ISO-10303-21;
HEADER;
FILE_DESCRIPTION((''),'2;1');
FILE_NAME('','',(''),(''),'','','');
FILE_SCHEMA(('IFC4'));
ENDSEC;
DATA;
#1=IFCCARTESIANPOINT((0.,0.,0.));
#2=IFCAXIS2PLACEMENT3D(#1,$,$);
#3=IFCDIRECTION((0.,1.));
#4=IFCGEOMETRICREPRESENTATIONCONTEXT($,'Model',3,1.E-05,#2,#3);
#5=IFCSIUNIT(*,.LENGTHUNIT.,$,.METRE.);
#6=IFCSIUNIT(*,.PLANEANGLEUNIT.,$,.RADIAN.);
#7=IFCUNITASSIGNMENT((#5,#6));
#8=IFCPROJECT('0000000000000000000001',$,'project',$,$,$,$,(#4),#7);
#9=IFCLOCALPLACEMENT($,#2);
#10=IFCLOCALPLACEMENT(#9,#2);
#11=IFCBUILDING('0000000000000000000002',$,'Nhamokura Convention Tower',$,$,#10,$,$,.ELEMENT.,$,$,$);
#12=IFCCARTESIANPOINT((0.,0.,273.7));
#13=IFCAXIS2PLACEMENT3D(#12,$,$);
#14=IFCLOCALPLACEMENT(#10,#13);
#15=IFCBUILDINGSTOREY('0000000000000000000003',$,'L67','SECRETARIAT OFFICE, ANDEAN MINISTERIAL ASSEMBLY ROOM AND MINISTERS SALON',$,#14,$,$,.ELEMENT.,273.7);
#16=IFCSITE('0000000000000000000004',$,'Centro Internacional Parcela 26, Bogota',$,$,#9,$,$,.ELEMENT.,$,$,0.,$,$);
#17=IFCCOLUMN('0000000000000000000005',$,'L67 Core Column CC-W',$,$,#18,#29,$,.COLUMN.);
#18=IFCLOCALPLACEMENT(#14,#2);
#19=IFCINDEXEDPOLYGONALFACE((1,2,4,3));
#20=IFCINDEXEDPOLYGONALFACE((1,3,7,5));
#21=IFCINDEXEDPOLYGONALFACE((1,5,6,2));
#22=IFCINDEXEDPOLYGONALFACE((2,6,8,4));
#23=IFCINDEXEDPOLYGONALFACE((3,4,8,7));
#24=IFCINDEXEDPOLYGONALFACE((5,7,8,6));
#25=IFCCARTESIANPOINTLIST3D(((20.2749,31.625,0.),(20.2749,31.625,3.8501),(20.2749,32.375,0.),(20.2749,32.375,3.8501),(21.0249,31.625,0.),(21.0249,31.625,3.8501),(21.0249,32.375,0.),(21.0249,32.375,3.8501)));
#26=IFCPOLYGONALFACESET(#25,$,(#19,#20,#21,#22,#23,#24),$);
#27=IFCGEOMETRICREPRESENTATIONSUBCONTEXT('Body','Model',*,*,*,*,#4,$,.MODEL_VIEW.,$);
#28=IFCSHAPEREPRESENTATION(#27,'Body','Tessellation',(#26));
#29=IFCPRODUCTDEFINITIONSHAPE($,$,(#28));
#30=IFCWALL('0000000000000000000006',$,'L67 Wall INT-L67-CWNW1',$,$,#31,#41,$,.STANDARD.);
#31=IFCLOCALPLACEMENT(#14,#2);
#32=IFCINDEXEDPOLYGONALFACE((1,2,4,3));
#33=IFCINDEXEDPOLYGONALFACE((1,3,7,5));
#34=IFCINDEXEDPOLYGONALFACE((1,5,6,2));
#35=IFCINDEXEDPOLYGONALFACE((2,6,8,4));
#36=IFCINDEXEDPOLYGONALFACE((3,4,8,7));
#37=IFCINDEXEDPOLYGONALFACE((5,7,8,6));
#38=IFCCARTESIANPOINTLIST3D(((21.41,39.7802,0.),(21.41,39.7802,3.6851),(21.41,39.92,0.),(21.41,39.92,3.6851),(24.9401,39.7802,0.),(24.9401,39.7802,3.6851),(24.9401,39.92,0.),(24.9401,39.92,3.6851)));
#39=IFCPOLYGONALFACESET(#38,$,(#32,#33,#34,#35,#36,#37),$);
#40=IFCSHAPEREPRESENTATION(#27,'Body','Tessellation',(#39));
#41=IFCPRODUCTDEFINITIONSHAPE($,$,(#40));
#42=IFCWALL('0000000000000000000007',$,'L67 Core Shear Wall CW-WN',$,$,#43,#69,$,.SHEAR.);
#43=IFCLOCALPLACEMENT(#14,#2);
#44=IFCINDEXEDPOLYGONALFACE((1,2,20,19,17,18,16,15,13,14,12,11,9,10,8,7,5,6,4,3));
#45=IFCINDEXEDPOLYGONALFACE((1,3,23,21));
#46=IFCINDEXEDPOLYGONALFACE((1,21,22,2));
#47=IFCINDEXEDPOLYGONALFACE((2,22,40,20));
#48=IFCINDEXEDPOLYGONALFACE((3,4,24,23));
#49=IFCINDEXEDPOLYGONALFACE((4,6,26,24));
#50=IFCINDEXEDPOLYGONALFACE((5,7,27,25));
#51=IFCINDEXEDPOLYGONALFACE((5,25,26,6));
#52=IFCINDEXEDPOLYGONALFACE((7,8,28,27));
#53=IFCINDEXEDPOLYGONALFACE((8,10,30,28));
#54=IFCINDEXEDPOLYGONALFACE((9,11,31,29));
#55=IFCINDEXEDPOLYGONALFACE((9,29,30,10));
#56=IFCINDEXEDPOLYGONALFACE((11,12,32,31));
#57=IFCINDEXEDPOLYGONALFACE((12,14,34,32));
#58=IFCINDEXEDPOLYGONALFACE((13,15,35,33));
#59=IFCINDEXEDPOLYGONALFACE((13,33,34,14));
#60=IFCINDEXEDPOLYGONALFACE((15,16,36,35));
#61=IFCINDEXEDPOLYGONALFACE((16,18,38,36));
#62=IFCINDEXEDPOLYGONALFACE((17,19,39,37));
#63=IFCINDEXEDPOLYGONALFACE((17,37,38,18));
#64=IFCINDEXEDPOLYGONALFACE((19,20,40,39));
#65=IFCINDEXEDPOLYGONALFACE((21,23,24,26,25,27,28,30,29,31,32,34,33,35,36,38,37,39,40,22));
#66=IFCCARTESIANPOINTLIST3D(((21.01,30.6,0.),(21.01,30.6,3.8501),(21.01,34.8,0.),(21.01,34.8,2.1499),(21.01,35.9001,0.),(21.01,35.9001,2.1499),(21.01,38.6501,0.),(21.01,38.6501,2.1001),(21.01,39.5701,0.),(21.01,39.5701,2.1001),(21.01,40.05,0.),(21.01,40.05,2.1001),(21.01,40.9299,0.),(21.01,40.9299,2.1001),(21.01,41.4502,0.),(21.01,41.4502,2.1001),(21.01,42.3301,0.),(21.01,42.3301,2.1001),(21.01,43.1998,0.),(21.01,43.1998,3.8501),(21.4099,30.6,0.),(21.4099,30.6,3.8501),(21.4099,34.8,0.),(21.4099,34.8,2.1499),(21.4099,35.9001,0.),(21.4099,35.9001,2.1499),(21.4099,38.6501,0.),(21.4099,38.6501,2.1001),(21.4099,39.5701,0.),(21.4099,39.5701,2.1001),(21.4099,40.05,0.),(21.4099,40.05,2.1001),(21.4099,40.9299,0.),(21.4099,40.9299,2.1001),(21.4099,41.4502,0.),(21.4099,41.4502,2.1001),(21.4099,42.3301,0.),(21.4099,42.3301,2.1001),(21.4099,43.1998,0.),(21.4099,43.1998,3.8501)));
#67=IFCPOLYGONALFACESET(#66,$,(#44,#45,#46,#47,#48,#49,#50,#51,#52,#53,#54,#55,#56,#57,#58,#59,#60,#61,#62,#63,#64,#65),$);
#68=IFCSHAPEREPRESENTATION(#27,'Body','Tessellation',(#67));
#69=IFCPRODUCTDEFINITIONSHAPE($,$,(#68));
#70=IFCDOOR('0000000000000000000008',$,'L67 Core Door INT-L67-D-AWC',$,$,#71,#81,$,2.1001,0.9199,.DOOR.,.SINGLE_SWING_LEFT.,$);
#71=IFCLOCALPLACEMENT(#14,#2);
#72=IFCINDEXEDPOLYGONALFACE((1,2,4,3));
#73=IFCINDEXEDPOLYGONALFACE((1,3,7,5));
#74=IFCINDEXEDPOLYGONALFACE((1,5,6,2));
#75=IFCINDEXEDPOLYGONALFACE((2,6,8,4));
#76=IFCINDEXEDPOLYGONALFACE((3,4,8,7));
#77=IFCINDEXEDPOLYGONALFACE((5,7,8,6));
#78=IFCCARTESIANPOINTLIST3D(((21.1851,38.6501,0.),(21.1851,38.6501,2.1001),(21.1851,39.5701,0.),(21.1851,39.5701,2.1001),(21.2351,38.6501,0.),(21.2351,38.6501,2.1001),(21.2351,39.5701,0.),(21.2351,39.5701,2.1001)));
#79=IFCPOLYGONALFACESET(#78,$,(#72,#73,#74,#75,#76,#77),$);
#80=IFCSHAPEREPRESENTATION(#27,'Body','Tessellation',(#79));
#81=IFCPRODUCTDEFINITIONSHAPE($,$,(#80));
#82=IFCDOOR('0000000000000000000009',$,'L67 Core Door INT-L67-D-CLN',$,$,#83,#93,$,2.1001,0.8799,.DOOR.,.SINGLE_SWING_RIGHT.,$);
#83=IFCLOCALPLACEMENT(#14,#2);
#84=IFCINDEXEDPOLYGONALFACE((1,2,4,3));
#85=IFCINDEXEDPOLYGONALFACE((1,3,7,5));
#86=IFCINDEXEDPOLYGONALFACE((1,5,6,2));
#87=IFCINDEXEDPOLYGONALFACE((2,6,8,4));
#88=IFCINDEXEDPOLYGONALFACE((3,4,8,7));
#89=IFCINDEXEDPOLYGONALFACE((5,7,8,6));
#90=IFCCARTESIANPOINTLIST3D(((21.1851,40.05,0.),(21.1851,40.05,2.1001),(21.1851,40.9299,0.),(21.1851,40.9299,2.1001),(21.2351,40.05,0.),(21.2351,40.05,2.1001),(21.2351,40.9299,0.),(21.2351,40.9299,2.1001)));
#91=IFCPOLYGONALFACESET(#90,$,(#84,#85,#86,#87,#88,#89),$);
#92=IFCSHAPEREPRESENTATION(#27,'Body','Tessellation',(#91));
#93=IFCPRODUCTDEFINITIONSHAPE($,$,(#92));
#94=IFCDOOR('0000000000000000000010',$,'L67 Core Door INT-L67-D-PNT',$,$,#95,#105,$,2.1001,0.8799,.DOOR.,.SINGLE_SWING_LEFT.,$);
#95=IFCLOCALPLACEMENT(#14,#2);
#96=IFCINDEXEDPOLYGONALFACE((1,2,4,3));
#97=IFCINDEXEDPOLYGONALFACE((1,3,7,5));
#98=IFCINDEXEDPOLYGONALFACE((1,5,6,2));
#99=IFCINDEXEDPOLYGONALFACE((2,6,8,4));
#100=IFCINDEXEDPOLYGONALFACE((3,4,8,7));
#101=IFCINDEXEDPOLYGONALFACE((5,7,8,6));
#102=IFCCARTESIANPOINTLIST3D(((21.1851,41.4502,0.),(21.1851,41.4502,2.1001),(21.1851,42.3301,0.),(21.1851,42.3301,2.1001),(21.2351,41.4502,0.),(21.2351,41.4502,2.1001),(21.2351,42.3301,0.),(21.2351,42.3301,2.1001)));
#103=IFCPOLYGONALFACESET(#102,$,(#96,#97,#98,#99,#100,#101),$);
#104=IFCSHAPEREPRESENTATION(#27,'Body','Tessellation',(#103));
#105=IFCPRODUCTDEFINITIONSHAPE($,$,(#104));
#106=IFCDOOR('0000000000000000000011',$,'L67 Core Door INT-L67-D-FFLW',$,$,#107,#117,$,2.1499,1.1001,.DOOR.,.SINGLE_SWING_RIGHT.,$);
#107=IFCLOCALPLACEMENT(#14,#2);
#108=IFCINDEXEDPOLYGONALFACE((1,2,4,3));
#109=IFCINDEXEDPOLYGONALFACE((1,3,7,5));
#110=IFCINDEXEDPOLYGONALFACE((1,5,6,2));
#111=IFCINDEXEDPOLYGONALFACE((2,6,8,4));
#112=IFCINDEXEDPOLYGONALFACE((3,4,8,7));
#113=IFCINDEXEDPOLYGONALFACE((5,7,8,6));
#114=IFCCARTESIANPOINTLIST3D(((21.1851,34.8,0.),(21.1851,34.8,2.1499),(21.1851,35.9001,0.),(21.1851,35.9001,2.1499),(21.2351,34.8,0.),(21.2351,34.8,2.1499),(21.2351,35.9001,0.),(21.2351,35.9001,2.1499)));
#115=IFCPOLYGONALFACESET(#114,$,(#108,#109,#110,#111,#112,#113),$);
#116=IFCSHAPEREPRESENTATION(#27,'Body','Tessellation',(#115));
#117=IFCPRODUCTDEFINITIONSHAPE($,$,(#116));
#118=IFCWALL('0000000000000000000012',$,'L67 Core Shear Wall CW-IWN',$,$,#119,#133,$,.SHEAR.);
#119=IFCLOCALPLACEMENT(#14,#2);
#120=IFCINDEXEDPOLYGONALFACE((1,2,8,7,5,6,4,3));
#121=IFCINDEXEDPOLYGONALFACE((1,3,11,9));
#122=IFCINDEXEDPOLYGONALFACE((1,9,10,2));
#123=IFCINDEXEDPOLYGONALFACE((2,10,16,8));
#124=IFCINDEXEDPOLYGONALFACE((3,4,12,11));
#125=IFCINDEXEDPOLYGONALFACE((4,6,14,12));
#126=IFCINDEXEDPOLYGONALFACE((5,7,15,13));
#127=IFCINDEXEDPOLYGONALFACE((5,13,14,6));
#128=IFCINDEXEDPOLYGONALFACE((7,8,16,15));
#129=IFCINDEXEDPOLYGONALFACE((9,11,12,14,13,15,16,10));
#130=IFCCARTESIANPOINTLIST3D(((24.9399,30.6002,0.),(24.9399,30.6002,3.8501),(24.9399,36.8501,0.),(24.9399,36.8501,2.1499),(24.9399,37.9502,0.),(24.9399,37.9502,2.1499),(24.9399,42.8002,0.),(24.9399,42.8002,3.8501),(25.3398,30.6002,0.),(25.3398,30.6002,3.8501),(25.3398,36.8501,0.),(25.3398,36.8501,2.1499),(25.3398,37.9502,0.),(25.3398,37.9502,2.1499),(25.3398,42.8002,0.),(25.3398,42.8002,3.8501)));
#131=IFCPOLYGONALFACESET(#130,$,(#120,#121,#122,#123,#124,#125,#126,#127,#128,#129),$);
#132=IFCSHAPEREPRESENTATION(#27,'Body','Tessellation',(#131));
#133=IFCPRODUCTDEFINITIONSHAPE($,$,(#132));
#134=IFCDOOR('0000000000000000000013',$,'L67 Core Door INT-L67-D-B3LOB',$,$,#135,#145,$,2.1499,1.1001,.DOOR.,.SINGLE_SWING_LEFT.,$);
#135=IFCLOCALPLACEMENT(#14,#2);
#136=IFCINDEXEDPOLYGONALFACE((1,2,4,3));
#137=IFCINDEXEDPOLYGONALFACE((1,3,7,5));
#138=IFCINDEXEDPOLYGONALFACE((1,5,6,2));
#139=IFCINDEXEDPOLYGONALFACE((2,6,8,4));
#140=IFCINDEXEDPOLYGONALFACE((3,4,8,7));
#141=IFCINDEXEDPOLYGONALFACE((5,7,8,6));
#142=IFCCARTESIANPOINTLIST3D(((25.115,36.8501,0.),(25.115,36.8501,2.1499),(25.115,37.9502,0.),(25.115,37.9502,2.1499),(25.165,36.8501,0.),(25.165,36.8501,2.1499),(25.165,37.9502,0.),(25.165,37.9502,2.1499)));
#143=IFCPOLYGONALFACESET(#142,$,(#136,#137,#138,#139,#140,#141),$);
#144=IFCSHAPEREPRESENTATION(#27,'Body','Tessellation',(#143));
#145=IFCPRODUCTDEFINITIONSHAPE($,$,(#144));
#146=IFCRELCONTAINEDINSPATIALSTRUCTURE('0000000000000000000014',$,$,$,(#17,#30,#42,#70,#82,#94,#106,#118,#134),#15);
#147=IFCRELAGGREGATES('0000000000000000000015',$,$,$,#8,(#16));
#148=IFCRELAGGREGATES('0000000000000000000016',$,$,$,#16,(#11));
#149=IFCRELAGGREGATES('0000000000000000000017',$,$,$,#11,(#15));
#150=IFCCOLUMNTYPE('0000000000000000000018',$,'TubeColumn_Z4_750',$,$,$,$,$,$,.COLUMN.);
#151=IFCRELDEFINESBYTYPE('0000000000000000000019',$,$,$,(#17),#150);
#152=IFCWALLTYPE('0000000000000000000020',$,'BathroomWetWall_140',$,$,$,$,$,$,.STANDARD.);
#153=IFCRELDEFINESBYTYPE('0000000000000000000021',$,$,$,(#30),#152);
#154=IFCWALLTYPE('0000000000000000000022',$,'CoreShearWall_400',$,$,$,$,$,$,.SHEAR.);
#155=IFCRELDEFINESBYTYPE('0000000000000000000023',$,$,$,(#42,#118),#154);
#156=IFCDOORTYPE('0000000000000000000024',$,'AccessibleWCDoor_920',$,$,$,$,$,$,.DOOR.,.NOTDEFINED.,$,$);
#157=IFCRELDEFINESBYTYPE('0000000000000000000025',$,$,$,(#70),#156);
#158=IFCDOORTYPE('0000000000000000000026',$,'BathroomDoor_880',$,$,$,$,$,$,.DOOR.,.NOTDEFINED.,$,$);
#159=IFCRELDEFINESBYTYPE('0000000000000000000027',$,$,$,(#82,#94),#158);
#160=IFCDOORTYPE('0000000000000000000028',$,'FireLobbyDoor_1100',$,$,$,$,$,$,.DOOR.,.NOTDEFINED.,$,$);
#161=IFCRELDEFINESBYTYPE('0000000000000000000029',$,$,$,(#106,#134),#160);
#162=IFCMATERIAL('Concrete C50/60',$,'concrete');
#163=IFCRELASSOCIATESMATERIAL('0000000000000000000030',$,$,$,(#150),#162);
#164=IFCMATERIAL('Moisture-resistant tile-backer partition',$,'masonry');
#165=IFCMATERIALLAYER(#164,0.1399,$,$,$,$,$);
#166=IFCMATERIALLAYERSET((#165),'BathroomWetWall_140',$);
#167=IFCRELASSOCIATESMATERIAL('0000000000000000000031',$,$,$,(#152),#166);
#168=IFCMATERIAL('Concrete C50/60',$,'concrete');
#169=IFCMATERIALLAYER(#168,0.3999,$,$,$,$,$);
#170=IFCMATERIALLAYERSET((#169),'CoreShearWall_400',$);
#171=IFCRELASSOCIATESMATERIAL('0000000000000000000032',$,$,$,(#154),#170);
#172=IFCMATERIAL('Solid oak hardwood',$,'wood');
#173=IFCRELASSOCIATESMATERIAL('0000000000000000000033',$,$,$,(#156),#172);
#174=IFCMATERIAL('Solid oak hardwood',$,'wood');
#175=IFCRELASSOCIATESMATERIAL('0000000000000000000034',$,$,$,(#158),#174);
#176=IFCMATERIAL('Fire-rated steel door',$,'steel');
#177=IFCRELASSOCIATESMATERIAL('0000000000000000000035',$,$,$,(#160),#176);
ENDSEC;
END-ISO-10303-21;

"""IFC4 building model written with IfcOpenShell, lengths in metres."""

from ifc_helpers import new_model, si_unit, direction, frame, frame_2d, origin, origin_2d, place, context, subcontext, project, spatial, rectangle, extrude, material, layer, layer_set, material_profile, profile_set, type_object, element, fill, save


model = new_model("IFC4")

# Units and contexts
model_context = context("Model", 3, precision=1e-05, world=origin(), true_north=direction((0.0, 1.0)))
body_context = subcontext(model_context, "Body", "Model", "MODEL_VIEW")
ifc_project = project(units=[si_unit("LENGTHUNIT", "METRE"), si_unit("PLANEANGLEUNIT", "RADIAN")], contexts=[model_context])

# Site, building, storey
site_placement = place(None, origin())
site = spatial("IfcSite", under=ifc_project, at=site_placement, Name="Centro Internacional Parcela 26, Bogota", CompositionType="ELEMENT", RefElevation=0.0)
building_placement = place(site_placement, origin())
building = spatial("IfcBuilding", under=site, at=building_placement, Name="Nhamokura Convention Tower", CompositionType="ELEMENT")
storey_placement = place(building_placement, frame((0.0, 0.0, 273.7)))
storey = spatial("IfcBuildingStorey", under=building, at=storey_placement, Name="L67", Description="SECRETARIAT OFFICE, ANDEAN MINISTERIAL ASSEMBLY ROOM AND MINISTERS SALON", CompositionType="ELEMENT", Elevation=273.7)

# Column
ifc_material_1 = material(Name="Concrete C50/60", Category="concrete")
ifc_material_profile = material_profile(ifc_material_1, rectangle(XDim=0.75, YDim=0.75, at=origin_2d()))
ifc_profile_set = profile_set([ifc_material_profile], Name="Concrete C50/60")
column_type = type_object("IfcColumnType", Name="TubeColumn_Z4_750", PredefinedType="COLUMN", material=ifc_profile_set)
column_placement = place(storey_placement, frame((20.6499, 32.0, 0.0), z_axis=(0.0, 0.0, 1.0), x_axis=(1.0, 0.0, 0.0)))
element("IfcColumn", 1, at=column_placement, inside=storey, type_object=column_type, Name="L67 Core Column CC-W", PredefinedType="COLUMN", context=body_context, shape_type="SweptSolid", body=[
    extrude(rectangle(XDim=0.75, YDim=0.75, at=origin_2d()), origin(), (0.0, 0.0, 1.0), 3.8501),
])

# Wall
ifc_material_2 = material(Name="Moisture-resistant tile-backer partition", Category="masonry")
ifc_layer_1 = layer(ifc_material_2, 0.1399)
ifc_layer_set_1 = layer_set([ifc_layer_1], Name="BathroomWetWall_140")
wall_type_1 = type_object("IfcWallType", Name="BathroomWetWall_140", PredefinedType="STANDARD", material=ifc_layer_set_1)
wall_1_placement = place(storey_placement, frame((21.4099, 39.8501, 0.0), z_axis=(0.0, 0.0, 1.0), x_axis=(1.0, 0.0, 0.0)))
element("IfcWall", 2, at=wall_1_placement, inside=storey, type_object=wall_type_1, Name="L67 Wall INT-L67-CWNW1", PredefinedType="STANDARD", context=body_context, shape_type="SweptSolid", body=[
    extrude(rectangle(XDim=3.53, YDim=0.1399, at=frame_2d((1.7651, 0.0))), origin(), (0.0, 0.0, 1.0), 3.6851),
])

# Wall, openings, doors
ifc_material_3 = material(Name="Concrete C50/60", Category="concrete")
ifc_layer_2 = layer(ifc_material_3, 0.3999)
ifc_layer_set_2 = layer_set([ifc_layer_2], Name="CoreShearWall_400")
wall_type_2 = type_object("IfcWallType", Name="CoreShearWall_400", PredefinedType="SHEAR", material=ifc_layer_set_2)
wall_2_placement = place(storey_placement, frame((21.21, 30.6001, 0.0), z_axis=(0.0, 0.0, 1.0), x_axis=(0.0, 1.0, 0.0)))
wall_2 = element("IfcWall", 3, at=wall_2_placement, inside=storey, type_object=wall_type_2, Name="L67 Core Shear Wall CW-WN", PredefinedType="SHEAR", context=body_context, shape_type="SweptSolid", body=[
    extrude(rectangle(XDim=12.5999, YDim=0.3999, at=frame_2d((6.2998, 0.0))), origin(), (0.0, 0.0, 1.0), 3.8501),
])
opening_1_placement = place(wall_2_placement, frame((4.2, 0.0, 0.0)))
opening_1 = element("IfcOpeningElement", 4, at=opening_1_placement, cuts=wall_2, PredefinedType="OPENING", context=body_context, shape_type="SweptSolid", body=[
    extrude(rectangle(XDim=1.1001, YDim=2.1499, at=frame_2d((0.55, 1.075))), frame((0.0, 0.21, 0.0), z_axis=(0.0, -1.0, 0.0), x_axis=(1.0, 0.0, 0.0)), (0.0, 0.0, 1.0), 0.4199),
])
opening_2_placement = place(wall_2_placement, frame((8.05, 0.0, 0.0)))
opening_2 = element("IfcOpeningElement", 5, at=opening_2_placement, cuts=wall_2, PredefinedType="OPENING", context=body_context, shape_type="SweptSolid", body=[
    extrude(rectangle(XDim=0.9199, YDim=2.1001, at=frame_2d((0.46, 1.05))), frame((0.0, 0.21, 0.0), z_axis=(0.0, -1.0, 0.0), x_axis=(1.0, 0.0, 0.0)), (0.0, 0.0, 1.0), 0.4199),
])
opening_3_placement = place(wall_2_placement, frame((9.45, 0.0, 0.0)))
opening_3 = element("IfcOpeningElement", 6, at=opening_3_placement, cuts=wall_2, PredefinedType="OPENING", context=body_context, shape_type="SweptSolid", body=[
    extrude(rectangle(XDim=0.8799, YDim=2.1001, at=frame_2d((0.4399, 1.05))), frame((0.0, 0.21, 0.0), z_axis=(0.0, -1.0, 0.0), x_axis=(1.0, 0.0, 0.0)), (0.0, 0.0, 1.0), 0.4199),
])
opening_4_placement = place(wall_2_placement, frame((10.8501, 0.0, 0.0)))
opening_4 = element("IfcOpeningElement", 7, at=opening_4_placement, cuts=wall_2, PredefinedType="OPENING", context=body_context, shape_type="SweptSolid", body=[
    extrude(rectangle(XDim=0.8799, YDim=2.1001, at=frame_2d((0.4399, 1.05))), frame((0.0, 0.21, 0.0), z_axis=(0.0, -1.0, 0.0), x_axis=(1.0, 0.0, 0.0)), (0.0, 0.0, 1.0), 0.4199),
])
ifc_material_4 = material(Name="Solid oak hardwood", Category="wood")
door_type_1 = type_object("IfcDoorType", Name="AccessibleWCDoor_920", OperationType="NOTDEFINED", PredefinedType="DOOR", material=ifc_material_4)
door_1_placement = place(opening_2_placement, origin())
door_1 = element("IfcDoor", 8, at=door_1_placement, inside=storey, type_object=door_type_1, Name="L67 Core Door INT-L67-D-AWC", OperationType="SINGLE_SWING_LEFT", OverallHeight=2.1001, OverallWidth=0.9199, PredefinedType="DOOR", context=body_context, shape_type="SweptSolid", body=[
    extrude(rectangle(XDim=0.9199, YDim=2.1001, at=frame_2d((0.46, 1.05))), frame((0.0, 0.0249, 0.0), z_axis=(0.0, -1.0, 0.0), x_axis=(1.0, 0.0, 0.0)), (0.0, 0.0, 1.0), 0.05),
])
fill(opening_2, door_1)
ifc_material_5 = material(Name="Solid oak hardwood", Category="wood")
door_type_2 = type_object("IfcDoorType", Name="BathroomDoor_880", OperationType="NOTDEFINED", PredefinedType="DOOR", material=ifc_material_5)
door_2_placement = place(opening_3_placement, origin())
door_2 = element("IfcDoor", 9, at=door_2_placement, inside=storey, type_object=door_type_2, Name="L67 Core Door INT-L67-D-CLN", OperationType="SINGLE_SWING_RIGHT", OverallHeight=2.1001, OverallWidth=0.8799, PredefinedType="DOOR", context=body_context, shape_type="SweptSolid", body=[
    extrude(rectangle(XDim=0.8799, YDim=2.1001, at=frame_2d((0.4399, 1.05))), frame((0.0, 0.0249, 0.0), z_axis=(0.0, -1.0, 0.0), x_axis=(1.0, 0.0, 0.0)), (0.0, 0.0, 1.0), 0.05),
])
fill(opening_3, door_2)
door_3_placement = place(opening_4_placement, origin())
door_3 = element("IfcDoor", 10, at=door_3_placement, inside=storey, type_object=door_type_2, Name="L67 Core Door INT-L67-D-PNT", OperationType="SINGLE_SWING_LEFT", OverallHeight=2.1001, OverallWidth=0.8799, PredefinedType="DOOR", context=body_context, shape_type="SweptSolid", body=[
    extrude(rectangle(XDim=0.8799, YDim=2.1001, at=frame_2d((0.4399, 1.05))), frame((0.0, 0.0249, 0.0), z_axis=(0.0, -1.0, 0.0), x_axis=(1.0, 0.0, 0.0)), (0.0, 0.0, 1.0), 0.05),
])
fill(opening_4, door_3)
ifc_material_6 = material(Name="Fire-rated steel door", Category="steel")
door_type_3 = type_object("IfcDoorType", Name="FireLobbyDoor_1100", OperationType="NOTDEFINED", PredefinedType="DOOR", material=ifc_material_6)
door_4_placement = place(opening_1_placement, origin())
door_4 = element("IfcDoor", 11, at=door_4_placement, inside=storey, type_object=door_type_3, Name="L67 Core Door INT-L67-D-FFLW", OperationType="SINGLE_SWING_RIGHT", OverallHeight=2.1499, OverallWidth=1.1001, PredefinedType="DOOR", context=body_context, shape_type="SweptSolid", body=[
    extrude(rectangle(XDim=1.1001, YDim=2.1499, at=frame_2d((0.55, 1.075))), frame((0.0, 0.0249, 0.0), z_axis=(0.0, -1.0, 0.0), x_axis=(1.0, 0.0, 0.0)), (0.0, 0.0, 1.0), 0.05),
])
fill(opening_1, door_4)

# Wall, opening, door
wall_3_placement = place(storey_placement, frame((25.1399, 30.6001, 0.0), z_axis=(0.0, 0.0, 1.0), x_axis=(0.0, 1.0, 0.0)))
wall_3 = element("IfcWall", 12, at=wall_3_placement, inside=storey, type_object=wall_type_2, Name="L67 Core Shear Wall CW-IWN", PredefinedType="SHEAR", context=body_context, shape_type="SweptSolid", body=[
    extrude(rectangle(XDim=12.2, YDim=0.3999, at=frame_2d((6.1001, 0.0))), origin(), (0.0, 0.0, 1.0), 3.8501),
])
opening_5_placement = place(wall_3_placement, frame((6.25, 0.0, 0.0)))
opening_5 = element("IfcOpeningElement", 13, at=opening_5_placement, cuts=wall_3, PredefinedType="OPENING", context=body_context, shape_type="SweptSolid", body=[
    extrude(rectangle(XDim=1.1001, YDim=2.1499, at=frame_2d((0.55, 1.075))), frame((0.0, 0.21, 0.0), z_axis=(0.0, -1.0, 0.0), x_axis=(1.0, 0.0, 0.0)), (0.0, 0.0, 1.0), 0.4199),
])
door_5_placement = place(opening_5_placement, origin())
door_5 = element("IfcDoor", 14, at=door_5_placement, inside=storey, type_object=door_type_3, Name="L67 Core Door INT-L67-D-B3LOB", OperationType="SINGLE_SWING_LEFT", OverallHeight=2.1499, OverallWidth=1.1001, PredefinedType="DOOR", context=body_context, shape_type="SweptSolid", body=[
    extrude(rectangle(XDim=1.1001, YDim=2.1499, at=frame_2d((0.55, 1.075))), frame((0.0, 0.0249, 0.0), z_axis=(0.0, -1.0, 0.0), x_axis=(1.0, 0.0, 0.0)), (0.0, 0.0, 1.0), 0.05),
])
fill(opening_5, door_5)

save(model, "model.ifc")
